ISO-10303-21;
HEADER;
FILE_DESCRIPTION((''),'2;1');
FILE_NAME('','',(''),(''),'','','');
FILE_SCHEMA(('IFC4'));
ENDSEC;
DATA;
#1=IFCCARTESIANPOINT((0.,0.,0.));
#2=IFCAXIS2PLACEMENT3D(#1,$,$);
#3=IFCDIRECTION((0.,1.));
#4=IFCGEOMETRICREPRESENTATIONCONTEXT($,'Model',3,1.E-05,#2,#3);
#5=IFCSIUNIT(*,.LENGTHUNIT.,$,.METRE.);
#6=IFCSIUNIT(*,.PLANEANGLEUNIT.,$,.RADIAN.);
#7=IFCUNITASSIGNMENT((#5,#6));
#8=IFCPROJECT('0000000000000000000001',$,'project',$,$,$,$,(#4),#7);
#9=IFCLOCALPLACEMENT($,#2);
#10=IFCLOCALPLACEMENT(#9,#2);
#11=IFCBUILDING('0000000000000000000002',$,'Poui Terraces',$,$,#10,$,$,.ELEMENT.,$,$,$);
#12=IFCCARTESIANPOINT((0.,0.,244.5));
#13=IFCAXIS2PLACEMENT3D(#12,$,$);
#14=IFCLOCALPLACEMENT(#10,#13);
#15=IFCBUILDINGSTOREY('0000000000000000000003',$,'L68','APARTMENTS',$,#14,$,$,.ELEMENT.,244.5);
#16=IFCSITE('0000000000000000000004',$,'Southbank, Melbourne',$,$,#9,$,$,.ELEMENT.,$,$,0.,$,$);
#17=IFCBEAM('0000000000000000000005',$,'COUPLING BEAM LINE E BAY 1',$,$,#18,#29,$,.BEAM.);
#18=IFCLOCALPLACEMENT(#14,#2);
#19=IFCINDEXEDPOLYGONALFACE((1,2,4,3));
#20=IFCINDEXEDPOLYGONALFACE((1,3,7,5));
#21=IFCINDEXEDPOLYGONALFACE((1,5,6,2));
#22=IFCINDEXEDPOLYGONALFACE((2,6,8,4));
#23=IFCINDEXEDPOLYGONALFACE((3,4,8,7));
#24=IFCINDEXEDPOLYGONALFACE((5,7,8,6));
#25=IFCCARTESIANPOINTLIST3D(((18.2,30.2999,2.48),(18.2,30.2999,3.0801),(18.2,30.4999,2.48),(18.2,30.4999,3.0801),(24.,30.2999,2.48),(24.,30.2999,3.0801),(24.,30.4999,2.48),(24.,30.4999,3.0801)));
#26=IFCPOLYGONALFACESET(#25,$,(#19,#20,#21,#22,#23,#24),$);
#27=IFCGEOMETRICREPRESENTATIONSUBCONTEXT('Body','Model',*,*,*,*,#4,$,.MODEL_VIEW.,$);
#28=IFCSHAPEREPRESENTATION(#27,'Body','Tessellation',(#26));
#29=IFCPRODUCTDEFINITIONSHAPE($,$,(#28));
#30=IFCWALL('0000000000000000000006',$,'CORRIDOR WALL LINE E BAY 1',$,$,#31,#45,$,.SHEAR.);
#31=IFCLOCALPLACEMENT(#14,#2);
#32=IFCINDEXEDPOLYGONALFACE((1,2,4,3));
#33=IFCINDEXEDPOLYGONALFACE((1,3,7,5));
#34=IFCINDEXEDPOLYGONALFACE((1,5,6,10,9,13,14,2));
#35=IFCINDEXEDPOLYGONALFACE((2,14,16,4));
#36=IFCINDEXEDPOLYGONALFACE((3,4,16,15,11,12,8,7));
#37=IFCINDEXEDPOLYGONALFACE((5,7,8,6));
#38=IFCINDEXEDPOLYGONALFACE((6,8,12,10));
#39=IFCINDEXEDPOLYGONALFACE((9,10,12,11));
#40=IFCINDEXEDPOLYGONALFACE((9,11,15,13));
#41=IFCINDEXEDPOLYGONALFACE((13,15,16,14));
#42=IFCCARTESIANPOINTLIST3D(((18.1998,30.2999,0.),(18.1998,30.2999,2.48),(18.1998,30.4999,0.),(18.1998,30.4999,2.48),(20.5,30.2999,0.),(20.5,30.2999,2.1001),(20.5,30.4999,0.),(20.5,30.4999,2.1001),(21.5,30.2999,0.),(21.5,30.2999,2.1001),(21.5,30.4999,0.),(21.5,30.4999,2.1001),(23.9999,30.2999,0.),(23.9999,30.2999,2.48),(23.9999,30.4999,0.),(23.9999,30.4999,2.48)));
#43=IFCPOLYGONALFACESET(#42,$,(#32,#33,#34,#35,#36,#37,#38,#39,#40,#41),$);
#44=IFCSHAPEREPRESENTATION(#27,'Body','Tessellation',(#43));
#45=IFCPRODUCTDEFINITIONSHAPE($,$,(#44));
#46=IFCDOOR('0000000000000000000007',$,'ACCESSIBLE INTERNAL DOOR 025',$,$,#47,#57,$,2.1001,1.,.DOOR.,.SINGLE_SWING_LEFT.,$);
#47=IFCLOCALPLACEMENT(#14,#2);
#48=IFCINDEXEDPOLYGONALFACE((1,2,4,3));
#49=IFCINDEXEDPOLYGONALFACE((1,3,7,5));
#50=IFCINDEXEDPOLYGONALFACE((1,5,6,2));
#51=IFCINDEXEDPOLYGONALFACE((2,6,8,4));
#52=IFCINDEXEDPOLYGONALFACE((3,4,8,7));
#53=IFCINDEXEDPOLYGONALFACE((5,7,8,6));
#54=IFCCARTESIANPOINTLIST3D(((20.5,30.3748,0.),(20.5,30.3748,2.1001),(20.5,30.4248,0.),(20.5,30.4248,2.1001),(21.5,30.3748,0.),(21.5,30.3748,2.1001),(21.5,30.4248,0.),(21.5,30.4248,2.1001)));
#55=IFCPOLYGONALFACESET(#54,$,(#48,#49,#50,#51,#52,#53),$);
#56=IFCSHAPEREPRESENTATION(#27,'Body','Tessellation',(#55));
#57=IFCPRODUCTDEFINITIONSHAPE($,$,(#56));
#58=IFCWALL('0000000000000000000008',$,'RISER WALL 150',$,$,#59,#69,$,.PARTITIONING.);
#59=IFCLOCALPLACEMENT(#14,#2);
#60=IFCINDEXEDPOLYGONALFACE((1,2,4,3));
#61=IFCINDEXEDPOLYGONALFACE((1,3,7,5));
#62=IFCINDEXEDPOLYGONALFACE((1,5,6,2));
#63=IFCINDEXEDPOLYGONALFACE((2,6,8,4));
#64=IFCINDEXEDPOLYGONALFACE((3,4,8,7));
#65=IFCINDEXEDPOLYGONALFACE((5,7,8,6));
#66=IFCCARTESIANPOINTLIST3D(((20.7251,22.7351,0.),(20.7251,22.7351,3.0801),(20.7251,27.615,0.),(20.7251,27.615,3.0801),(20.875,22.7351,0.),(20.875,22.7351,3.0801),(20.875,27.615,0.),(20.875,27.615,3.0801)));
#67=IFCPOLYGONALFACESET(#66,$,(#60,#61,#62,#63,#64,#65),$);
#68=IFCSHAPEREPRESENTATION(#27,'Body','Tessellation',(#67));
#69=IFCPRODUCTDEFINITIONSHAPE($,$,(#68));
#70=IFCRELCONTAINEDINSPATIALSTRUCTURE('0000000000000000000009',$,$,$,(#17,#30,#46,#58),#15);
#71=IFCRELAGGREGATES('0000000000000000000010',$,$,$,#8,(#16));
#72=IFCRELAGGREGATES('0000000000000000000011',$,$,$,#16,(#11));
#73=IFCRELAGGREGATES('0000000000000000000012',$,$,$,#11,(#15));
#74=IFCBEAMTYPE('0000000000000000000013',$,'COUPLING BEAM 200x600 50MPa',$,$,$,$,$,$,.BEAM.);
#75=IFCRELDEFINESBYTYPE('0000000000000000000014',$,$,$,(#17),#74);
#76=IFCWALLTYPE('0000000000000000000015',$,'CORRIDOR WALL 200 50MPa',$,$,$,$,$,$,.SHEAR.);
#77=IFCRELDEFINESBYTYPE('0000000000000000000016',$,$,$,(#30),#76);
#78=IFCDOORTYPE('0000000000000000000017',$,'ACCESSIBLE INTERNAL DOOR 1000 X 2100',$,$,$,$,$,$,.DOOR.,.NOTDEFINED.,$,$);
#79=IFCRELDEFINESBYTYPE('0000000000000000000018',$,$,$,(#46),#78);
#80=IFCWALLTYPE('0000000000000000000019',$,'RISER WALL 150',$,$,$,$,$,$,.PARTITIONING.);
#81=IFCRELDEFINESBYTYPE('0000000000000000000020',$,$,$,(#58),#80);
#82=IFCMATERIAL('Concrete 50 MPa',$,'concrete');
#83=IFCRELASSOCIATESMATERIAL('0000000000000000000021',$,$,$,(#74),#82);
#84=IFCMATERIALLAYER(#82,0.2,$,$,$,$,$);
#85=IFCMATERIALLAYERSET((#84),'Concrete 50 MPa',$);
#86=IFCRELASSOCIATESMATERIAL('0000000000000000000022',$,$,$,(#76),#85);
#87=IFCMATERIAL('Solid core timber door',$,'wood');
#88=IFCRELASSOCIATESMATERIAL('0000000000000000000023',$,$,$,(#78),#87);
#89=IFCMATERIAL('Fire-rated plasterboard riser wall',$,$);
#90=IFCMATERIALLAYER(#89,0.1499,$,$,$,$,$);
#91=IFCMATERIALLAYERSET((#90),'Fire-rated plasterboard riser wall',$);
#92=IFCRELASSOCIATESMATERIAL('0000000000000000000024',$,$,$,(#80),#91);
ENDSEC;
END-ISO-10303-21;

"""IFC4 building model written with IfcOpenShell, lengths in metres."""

from ifc_helpers import new_model, si_unit, direction, frame, frame_2d, origin, origin_2d, place, context, subcontext, project, spatial, rectangle, extrude, source, transform, mapped, material, layer, layer_set, material_profile, profile_set, type_object, element, fill, save


model = new_model("IFC4")

# Units and contexts
model_context = context("Model", 3, precision=1e-05, world=origin(), true_north=direction((0.0, 1.0)))
body_context = subcontext(model_context, "Body", "Model", "MODEL_VIEW")
ifc_project = project(units=[si_unit("LENGTHUNIT", "METRE"), si_unit("PLANEANGLEUNIT", "RADIAN")], contexts=[model_context])

# Site, building, storey
site_placement = place(None, origin())
site = spatial("IfcSite", under=ifc_project, at=site_placement, Name="Southbank, Melbourne", CompositionType="ELEMENT", RefElevation=0.0)
building_placement = place(site_placement, origin())
building = spatial("IfcBuilding", under=site, at=building_placement, Name="Poui Terraces", CompositionType="ELEMENT")
storey_placement = place(building_placement, frame((0.0, 0.0, 244.5)))
storey = spatial("IfcBuildingStorey", under=building, at=storey_placement, Name="L68", Description="APARTMENTS", CompositionType="ELEMENT", Elevation=244.5)

# Beam
ifc_material_1 = material(Name="Concrete 50 MPa", Category="concrete")
ifc_material_profile = material_profile(ifc_material_1, rectangle(XDim=0.2, YDim=0.6001, at=origin_2d()), Name="RC 200x600")
ifc_profile_set = profile_set([ifc_material_profile], Name="Concrete 50 MPa")
beam_type = type_object("IfcBeamType", Name="COUPLING BEAM 200x600 50MPa", PredefinedType="BEAM", material=ifc_profile_set)
shared_shape = source(origin(), body_context, "Body", "SweptSolid", [
    extrude(rectangle(XDim=0.2, YDim=0.6001, at=origin_2d()), origin(), (0.0, 0.0, 1.0), 5.8),
])
beam_placement = place(storey_placement, frame((18.2, 30.3999, 2.78), z_axis=(1.0, 0.0, 0.0), x_axis=(0.0, 1.0, 0.0)))
element("IfcBeam", 1, at=beam_placement, inside=storey, type_object=beam_type, Name="COUPLING BEAM LINE E BAY 1", PredefinedType="BEAM", context=body_context, shape_type="MappedRepresentation", body=[
    mapped(shared_shape, transform((0.0, 0.0, 0.0))),
])

# Wall, opening, door
ifc_layer_1 = layer(ifc_material_1, 0.2)
ifc_layer_set_1 = layer_set([ifc_layer_1], Name="Concrete 50 MPa")
wall_type_1 = type_object("IfcWallType", Name="CORRIDOR WALL 200 50MPa", PredefinedType="SHEAR", material=ifc_layer_set_1)
wall_1_placement = place(storey_placement, frame((18.2, 30.3999, 0.0), z_axis=(0.0, 0.0, 1.0), x_axis=(1.0, 0.0, 0.0)))
wall_1 = element("IfcWall", 2, at=wall_1_placement, inside=storey, type_object=wall_type_1, Name="CORRIDOR WALL LINE E BAY 1", PredefinedType="SHEAR", context=body_context, shape_type="SweptSolid", body=[
    extrude(rectangle(XDim=5.8, YDim=0.2, at=frame_2d((2.8999, 0.0))), origin(), (0.0, 0.0, 1.0), 2.48),
])
opening_1_placement = place(wall_1_placement, frame((2.3, 0.0, 0.0)))
opening_1 = element("IfcOpeningElement", 3, at=opening_1_placement, cuts=wall_1, PredefinedType="OPENING", context=body_context, shape_type="SweptSolid", body=[
    extrude(rectangle(XDim=1.0, YDim=2.1001, at=frame_2d((0.5, 1.05))), frame((0.0, 0.1099, 0.0), z_axis=(0.0, -1.0, 0.0), x_axis=(1.0, 0.0, 0.0)), (0.0, 0.0, 1.0), 0.22),
])
ifc_material_2 = material(Name="Solid core timber door", Category="wood")
door_type_1 = type_object("IfcDoorType", Name="ACCESSIBLE INTERNAL DOOR 1000 X 2100", OperationType="NOTDEFINED", PredefinedType="DOOR", material=ifc_material_2)
door_1_placement = place(opening_1_placement, origin())
door_1 = element("IfcDoor", 4, at=door_1_placement, inside=storey, type_object=door_type_1, Name="ACCESSIBLE INTERNAL DOOR 025", OperationType="SINGLE_SWING_LEFT", OverallHeight=2.1001, OverallWidth=1.0, PredefinedType="DOOR", context=body_context, shape_type="SweptSolid", body=[
    extrude(rectangle(XDim=1.0, YDim=2.1001, at=frame_2d((0.5, 1.05))), frame((0.0, 0.0249, 0.0), z_axis=(0.0, -1.0, 0.0), x_axis=(1.0, 0.0, 0.0)), (0.0, 0.0, 1.0), 0.05),
])
fill(opening_1, door_1)

# Wall
ifc_material_3 = material(Name="Fire-rated plasterboard riser wall")
ifc_layer_2 = layer(ifc_material_3, 0.1499)
ifc_layer_set_2 = layer_set([ifc_layer_2], Name="Fire-rated plasterboard riser wall")
wall_type_2 = type_object("IfcWallType", Name="RISER WALL 150", PredefinedType="PARTITIONING", material=ifc_layer_set_2)
wall_2_placement = place(storey_placement, frame((20.8, 22.7351, 0.0), z_axis=(0.0, 0.0, 1.0), x_axis=(0.0, 1.0, 0.0)))
element("IfcWall", 5, at=wall_2_placement, inside=storey, type_object=wall_type_2, Name="RISER WALL 150", PredefinedType="PARTITIONING", context=body_context, shape_type="SweptSolid", body=[
    extrude(rectangle(XDim=4.8799, YDim=0.1499, at=frame_2d((2.4399, 0.0))), origin(), (0.0, 0.0, 1.0), 3.0801),
])

save(model, "model.ifc")
